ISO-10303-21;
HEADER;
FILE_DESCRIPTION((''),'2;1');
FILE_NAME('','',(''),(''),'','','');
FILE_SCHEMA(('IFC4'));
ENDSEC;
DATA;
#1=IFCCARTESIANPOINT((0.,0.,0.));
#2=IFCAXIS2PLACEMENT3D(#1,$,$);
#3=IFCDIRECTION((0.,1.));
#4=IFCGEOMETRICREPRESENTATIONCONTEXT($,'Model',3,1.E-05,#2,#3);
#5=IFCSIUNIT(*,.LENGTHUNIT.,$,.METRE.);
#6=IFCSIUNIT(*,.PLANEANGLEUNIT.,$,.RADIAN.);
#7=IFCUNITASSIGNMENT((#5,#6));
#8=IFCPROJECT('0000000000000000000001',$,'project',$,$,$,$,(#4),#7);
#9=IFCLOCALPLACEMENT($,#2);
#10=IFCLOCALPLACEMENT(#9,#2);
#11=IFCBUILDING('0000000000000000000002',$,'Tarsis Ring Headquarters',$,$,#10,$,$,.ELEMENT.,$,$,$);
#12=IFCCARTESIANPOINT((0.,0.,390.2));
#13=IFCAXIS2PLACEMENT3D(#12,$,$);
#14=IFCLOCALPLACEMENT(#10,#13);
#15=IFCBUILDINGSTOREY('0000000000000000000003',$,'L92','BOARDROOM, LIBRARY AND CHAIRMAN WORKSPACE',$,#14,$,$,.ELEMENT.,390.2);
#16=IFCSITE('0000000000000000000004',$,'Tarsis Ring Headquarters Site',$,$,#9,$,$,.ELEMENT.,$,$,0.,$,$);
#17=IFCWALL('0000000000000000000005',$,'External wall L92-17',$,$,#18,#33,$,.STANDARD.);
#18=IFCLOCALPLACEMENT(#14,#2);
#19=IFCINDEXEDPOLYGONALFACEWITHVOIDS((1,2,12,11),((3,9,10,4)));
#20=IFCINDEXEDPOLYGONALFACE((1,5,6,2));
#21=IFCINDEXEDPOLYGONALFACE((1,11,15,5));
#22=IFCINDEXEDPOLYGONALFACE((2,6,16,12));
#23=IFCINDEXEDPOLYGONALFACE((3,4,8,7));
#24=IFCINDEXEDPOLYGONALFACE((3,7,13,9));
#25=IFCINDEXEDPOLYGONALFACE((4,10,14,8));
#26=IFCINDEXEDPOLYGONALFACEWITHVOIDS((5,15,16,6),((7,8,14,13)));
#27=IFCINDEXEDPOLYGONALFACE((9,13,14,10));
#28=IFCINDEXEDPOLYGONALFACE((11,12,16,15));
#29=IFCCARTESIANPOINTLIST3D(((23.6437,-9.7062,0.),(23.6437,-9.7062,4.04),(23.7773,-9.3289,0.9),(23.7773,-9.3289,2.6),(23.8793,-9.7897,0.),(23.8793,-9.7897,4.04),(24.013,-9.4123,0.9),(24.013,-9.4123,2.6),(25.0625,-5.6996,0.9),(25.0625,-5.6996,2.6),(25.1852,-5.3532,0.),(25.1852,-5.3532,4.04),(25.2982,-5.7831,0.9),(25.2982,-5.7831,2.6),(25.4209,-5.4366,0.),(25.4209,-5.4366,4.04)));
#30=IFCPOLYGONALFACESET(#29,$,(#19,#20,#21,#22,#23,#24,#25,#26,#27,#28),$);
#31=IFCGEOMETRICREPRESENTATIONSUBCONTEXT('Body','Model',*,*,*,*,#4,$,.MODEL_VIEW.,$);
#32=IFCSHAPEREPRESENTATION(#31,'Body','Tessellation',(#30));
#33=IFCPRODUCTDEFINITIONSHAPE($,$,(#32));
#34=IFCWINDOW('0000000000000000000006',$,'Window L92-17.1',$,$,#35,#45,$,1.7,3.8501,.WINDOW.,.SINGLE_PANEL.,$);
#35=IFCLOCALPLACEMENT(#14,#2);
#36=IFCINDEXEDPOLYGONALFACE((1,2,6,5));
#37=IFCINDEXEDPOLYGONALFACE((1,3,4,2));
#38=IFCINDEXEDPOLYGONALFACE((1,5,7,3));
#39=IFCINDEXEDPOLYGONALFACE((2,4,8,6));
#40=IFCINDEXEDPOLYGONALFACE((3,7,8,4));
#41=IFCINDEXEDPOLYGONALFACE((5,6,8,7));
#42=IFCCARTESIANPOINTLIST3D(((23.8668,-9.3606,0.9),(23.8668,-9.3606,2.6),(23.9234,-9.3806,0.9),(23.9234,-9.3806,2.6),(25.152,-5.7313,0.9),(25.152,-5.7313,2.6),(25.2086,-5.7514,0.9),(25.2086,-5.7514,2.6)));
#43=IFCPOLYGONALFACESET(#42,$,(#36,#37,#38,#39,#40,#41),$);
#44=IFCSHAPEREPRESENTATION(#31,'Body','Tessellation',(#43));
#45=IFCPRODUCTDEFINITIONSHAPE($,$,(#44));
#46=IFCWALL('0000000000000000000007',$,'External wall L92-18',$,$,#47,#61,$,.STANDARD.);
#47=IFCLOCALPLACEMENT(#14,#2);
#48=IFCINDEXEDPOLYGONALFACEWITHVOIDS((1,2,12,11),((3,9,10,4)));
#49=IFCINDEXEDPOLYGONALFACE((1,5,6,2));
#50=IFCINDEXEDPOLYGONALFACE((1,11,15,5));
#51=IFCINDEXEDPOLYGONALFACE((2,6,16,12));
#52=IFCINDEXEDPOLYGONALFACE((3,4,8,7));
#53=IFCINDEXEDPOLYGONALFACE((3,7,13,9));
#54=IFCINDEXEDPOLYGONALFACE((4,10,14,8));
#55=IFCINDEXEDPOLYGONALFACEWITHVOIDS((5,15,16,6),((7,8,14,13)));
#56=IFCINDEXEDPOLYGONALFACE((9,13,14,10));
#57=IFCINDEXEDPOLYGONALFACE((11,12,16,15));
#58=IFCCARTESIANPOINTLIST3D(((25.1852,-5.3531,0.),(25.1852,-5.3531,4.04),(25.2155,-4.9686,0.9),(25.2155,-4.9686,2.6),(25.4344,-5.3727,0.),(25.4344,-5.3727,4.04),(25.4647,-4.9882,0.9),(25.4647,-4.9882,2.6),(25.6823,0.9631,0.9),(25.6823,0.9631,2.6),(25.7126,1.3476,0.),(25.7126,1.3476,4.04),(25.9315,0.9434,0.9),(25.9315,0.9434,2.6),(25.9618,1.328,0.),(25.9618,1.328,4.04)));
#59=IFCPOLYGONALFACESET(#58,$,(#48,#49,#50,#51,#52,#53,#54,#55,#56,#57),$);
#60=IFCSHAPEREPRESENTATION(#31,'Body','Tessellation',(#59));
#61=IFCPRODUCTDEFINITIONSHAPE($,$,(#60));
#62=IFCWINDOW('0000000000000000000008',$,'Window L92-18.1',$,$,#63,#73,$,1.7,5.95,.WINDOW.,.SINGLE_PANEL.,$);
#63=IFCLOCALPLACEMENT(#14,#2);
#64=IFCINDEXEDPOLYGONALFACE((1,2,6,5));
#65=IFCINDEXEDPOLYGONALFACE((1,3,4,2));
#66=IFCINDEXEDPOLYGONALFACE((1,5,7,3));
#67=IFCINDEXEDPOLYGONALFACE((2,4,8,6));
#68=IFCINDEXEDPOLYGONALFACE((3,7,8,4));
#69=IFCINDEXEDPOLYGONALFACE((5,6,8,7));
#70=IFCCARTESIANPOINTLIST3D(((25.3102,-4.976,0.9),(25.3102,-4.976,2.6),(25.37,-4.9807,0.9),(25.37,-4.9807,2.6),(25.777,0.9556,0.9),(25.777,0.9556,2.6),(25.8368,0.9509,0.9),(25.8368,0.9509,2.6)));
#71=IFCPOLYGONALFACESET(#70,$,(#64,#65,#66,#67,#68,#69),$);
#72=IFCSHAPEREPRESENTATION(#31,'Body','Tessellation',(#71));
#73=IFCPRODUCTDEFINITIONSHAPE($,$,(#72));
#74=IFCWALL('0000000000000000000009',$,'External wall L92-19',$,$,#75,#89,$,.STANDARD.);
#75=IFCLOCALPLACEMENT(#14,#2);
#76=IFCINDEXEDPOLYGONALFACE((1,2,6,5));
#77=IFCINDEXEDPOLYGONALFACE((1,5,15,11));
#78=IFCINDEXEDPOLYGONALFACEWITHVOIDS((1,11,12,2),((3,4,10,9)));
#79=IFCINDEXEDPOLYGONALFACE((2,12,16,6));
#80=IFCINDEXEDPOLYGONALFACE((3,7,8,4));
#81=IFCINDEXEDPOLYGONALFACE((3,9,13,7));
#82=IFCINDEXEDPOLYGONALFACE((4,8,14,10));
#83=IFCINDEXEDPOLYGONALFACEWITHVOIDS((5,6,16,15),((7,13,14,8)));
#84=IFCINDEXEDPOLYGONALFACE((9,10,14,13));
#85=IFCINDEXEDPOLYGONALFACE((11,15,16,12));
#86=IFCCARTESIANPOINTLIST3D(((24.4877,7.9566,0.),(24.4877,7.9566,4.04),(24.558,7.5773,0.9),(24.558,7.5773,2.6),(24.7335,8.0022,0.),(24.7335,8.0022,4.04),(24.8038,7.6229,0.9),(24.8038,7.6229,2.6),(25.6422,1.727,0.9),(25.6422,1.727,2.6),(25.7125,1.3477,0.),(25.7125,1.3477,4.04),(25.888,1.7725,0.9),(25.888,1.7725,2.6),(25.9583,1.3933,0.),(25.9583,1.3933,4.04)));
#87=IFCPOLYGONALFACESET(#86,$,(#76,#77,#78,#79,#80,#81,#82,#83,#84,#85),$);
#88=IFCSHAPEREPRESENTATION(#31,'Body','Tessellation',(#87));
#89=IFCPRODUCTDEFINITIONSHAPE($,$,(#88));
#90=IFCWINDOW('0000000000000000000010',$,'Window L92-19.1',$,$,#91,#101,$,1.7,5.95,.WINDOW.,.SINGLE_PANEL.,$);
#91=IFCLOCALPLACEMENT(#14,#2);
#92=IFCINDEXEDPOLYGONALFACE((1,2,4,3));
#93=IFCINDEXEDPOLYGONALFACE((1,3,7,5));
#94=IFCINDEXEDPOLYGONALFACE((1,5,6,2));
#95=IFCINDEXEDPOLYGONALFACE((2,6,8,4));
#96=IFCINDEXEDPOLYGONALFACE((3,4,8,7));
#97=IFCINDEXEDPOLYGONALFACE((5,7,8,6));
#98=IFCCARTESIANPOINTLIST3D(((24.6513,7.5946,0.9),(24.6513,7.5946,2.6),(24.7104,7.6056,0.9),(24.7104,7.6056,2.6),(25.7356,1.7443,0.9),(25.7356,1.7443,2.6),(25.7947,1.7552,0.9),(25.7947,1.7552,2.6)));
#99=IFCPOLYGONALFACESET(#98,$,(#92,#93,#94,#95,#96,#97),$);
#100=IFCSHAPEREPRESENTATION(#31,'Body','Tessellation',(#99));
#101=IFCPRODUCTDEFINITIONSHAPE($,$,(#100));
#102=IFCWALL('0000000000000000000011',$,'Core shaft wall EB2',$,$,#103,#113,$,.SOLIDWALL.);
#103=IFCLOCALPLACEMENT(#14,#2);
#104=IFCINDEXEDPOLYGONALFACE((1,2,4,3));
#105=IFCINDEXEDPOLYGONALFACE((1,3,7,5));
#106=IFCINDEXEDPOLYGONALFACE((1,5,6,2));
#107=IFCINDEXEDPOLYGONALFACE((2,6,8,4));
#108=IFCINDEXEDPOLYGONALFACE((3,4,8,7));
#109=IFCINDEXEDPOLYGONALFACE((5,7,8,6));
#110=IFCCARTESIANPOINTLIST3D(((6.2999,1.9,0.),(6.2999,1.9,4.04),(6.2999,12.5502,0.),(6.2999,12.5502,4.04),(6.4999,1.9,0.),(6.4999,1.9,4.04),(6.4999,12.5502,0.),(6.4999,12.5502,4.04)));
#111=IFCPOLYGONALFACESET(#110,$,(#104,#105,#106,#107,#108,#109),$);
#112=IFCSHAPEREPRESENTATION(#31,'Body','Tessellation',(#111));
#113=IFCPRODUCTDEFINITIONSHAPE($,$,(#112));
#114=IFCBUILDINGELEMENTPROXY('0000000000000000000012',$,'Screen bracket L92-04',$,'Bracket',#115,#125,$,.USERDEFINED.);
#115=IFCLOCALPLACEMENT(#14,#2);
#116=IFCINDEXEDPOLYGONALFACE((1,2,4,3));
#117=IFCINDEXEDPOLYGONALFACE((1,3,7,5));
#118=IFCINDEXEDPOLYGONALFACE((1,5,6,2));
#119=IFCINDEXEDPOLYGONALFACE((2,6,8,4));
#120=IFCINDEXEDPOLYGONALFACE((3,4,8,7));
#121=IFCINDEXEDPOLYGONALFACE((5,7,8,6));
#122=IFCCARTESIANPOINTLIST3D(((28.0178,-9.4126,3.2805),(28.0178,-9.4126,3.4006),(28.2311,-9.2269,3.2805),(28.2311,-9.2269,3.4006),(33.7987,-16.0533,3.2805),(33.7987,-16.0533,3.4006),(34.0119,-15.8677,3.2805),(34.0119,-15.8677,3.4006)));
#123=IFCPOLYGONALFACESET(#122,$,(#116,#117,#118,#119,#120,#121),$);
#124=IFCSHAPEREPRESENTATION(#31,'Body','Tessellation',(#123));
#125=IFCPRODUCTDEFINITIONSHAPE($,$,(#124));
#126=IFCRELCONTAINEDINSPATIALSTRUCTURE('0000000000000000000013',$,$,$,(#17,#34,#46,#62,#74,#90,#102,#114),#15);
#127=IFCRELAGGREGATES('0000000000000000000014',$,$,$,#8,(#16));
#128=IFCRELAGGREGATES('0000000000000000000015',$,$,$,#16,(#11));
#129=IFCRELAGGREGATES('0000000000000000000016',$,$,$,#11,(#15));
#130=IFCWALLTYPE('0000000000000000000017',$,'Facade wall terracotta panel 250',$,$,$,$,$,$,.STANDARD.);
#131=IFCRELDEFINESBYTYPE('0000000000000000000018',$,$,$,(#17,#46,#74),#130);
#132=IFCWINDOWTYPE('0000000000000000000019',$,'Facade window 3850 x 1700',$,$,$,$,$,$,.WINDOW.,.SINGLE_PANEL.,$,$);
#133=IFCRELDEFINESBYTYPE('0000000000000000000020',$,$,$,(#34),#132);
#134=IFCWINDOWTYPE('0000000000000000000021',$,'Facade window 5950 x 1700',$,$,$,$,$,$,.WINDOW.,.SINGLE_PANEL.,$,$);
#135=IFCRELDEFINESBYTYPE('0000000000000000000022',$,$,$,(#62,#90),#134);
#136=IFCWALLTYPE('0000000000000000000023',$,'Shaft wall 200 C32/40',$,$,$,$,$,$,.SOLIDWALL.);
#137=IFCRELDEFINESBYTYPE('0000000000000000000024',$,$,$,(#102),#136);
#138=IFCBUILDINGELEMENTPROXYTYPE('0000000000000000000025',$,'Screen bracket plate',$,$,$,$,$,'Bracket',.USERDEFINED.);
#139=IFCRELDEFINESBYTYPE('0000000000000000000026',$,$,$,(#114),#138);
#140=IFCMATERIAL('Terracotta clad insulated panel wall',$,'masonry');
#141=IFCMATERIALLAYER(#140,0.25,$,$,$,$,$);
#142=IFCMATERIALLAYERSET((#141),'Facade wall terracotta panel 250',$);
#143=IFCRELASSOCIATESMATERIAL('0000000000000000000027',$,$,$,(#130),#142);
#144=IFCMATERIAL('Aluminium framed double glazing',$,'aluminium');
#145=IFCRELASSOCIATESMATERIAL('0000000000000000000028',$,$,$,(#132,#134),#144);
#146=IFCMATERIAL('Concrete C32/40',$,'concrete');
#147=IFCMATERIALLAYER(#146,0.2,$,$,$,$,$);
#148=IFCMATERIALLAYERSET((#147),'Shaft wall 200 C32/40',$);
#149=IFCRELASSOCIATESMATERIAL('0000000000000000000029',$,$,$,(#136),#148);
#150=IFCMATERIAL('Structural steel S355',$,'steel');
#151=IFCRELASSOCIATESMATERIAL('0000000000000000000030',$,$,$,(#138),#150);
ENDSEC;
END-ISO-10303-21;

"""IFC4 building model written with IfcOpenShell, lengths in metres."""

from ifc_helpers import new_model, si_unit, direction, frame, frame_2d, origin, origin_2d, place, context, subcontext, project, spatial, rectangle, extrude, material, layer, layer_set, type_object, element, fill, save


model = new_model("IFC4")

# Units and contexts
model_context = context("Model", 3, precision=1e-05, world=origin(), true_north=direction((0.0, 1.0)))
body_context = subcontext(model_context, "Body", "Model", "MODEL_VIEW")
ifc_project = project(units=[si_unit("LENGTHUNIT", "METRE"), si_unit("PLANEANGLEUNIT", "RADIAN")], contexts=[model_context])

# Site, building, storey
site_placement = place(None, origin())
site = spatial("IfcSite", under=ifc_project, at=site_placement, Name="Tarsis Ring Headquarters Site", CompositionType="ELEMENT", RefElevation=0.0)
building_placement = place(site_placement, origin())
building = spatial("IfcBuilding", under=site, at=building_placement, Name="Tarsis Ring Headquarters", CompositionType="ELEMENT")
storey_placement = place(building_placement, frame((0.0, 0.0, 390.2)))
storey = spatial("IfcBuildingStorey", under=building, at=storey_placement, Name="L92", Description="BOARDROOM, LIBRARY AND CHAIRMAN WORKSPACE", CompositionType="ELEMENT", Elevation=390.2)

# Shared definitions
ifc_material_1 = material(Name="Structural steel S355", Category="steel")

# Walls, openings, windows
ifc_material_2 = material(Name="Terracotta clad insulated panel wall", Category="masonry")
ifc_layer_1 = layer(ifc_material_2, 0.25)
ifc_layer_set_1 = layer_set([ifc_layer_1], Name="Facade wall terracotta panel 250")
wall_type_1 = type_object("IfcWallType", Name="Facade wall terracotta panel 250", PredefinedType="STANDARD", material=ifc_layer_set_1)
wall_1_placement = place(storey_placement, frame((23.7615, -9.748, 0.0), z_axis=(0.0, 0.0, 1.0), x_axis=(0.33381, 0.94264, 0.0)))
wall_1 = element("IfcWall", 1, at=wall_1_placement, inside=storey, type_object=wall_type_1, Name="External wall L92-17", PredefinedType="STANDARD", context=body_context, shape_type="SweptSolid", body=[
    extrude(rectangle(XDim=4.6179, YDim=0.25, at=frame_2d((2.3091, 0.0))), origin(), (0.0, 0.0, 1.0), 4.04),
])
opening_1_placement = place(wall_1_placement, frame((0.4004, 0.0, 0.8999)))
opening_1 = element("IfcOpeningElement", 2, at=opening_1_placement, cuts=wall_1, PredefinedType="OPENING", context=body_context, shape_type="SweptSolid", body=[
    extrude(rectangle(XDim=3.8501, YDim=1.7, at=frame_2d((1.925, 0.8501))), frame((0.0, 0.135, 0.0), z_axis=(0.0, -1.0, 0.0), x_axis=(1.0, 0.0, 0.0)), (0.0, 0.0, 1.0), 0.27),
])
ifc_material_3 = material(Name="Aluminium framed double glazing", Category="aluminium")
window_type_1 = type_object("IfcWindowType", Name="Facade window 3850 x 1700", PartitioningType="SINGLE_PANEL", PredefinedType="WINDOW", material=ifc_material_3)
window_1_placement = place(opening_1_placement, origin())
window_1 = element("IfcWindow", 3, at=window_1_placement, inside=storey, type_object=window_type_1, Name="Window L92-17.1", OverallHeight=1.7, OverallWidth=3.8501, PartitioningType="SINGLE_PANEL", PredefinedType="WINDOW", context=body_context, shape_type="SweptSolid", body=[
    extrude(rectangle(XDim=3.8501, YDim=1.7, at=frame_2d((1.925, 0.8501))), frame((0.0, 0.03, 0.0), z_axis=(0.0, -1.0, 0.0), x_axis=(1.0, 0.0, 0.0)), (0.0, 0.0, 1.0), 0.0601),
])
fill(opening_1, window_1)
wall_2_placement = place(storey_placement, frame((25.3098, -5.363, 0.0), z_axis=(0.0, 0.0, 1.0), x_axis=(0.078457, 0.996917, 0.0)))
wall_2 = element("IfcWall", 4, at=wall_2_placement, inside=storey, type_object=wall_type_1, Name="External wall L92-18", PredefinedType="STANDARD", context=body_context, shape_type="SweptSolid", body=[
    extrude(rectangle(XDim=6.7214, YDim=0.25, at=frame_2d((3.3608, 0.0))), origin(), (0.0, 0.0, 1.0), 4.04),
])
opening_2_placement = place(wall_2_placement, frame((0.3857, 0.0, 0.8999)))
opening_2 = element("IfcOpeningElement", 5, at=opening_2_placement, cuts=wall_2, PredefinedType="OPENING", context=body_context, shape_type="SweptSolid", body=[
    extrude(rectangle(XDim=5.95, YDim=1.7, at=frame_2d((2.9751, 0.8501))), frame((0.0, 0.135, 0.0), z_axis=(0.0, -1.0, 0.0), x_axis=(1.0, 0.0, 0.0)), (0.0, 0.0, 1.0), 0.27),
])
window_type_2 = type_object("IfcWindowType", Name="Facade window 5950 x 1700", PartitioningType="SINGLE_PANEL", PredefinedType="WINDOW", material=ifc_material_3)
window_2_placement = place(opening_2_placement, origin())
window_2 = element("IfcWindow", 6, at=window_2_placement, inside=storey, type_object=window_type_2, Name="Window L92-18.1", OverallHeight=1.7, OverallWidth=5.95, PartitioningType="SINGLE_PANEL", PredefinedType="WINDOW", context=body_context, shape_type="SweptSolid", body=[
    extrude(rectangle(XDim=5.95, YDim=1.7, at=frame_2d((2.9751, 0.8501))), frame((0.0, 0.03, 0.0), z_axis=(0.0, -1.0, 0.0), x_axis=(1.0, 0.0, 0.0)), (0.0, 0.0, 1.0), 0.0601),
])
fill(opening_2, window_2)
wall_3_placement = place(storey_placement, frame((25.8354, 1.3704, 0.0), z_axis=(0.0, 0.0, 1.0), x_axis=(-0.182231, 0.983256, 0.0)))
wall_3 = element("IfcWall", 7, at=wall_3_placement, inside=storey, type_object=wall_type_1, Name="External wall L92-19", PredefinedType="STANDARD", context=body_context, shape_type="SweptSolid", body=[
    extrude(rectangle(XDim=6.7214, YDim=0.25, at=frame_2d((3.3608, 0.0))), origin(), (0.0, 0.0, 1.0), 4.04),
])
opening_3_placement = place(wall_3_placement, frame((0.3857, 0.0, 0.8999)))
opening_3 = element("IfcOpeningElement", 8, at=opening_3_placement, cuts=wall_3, PredefinedType="OPENING", context=body_context, shape_type="SweptSolid", body=[
    extrude(rectangle(XDim=5.95, YDim=1.7, at=frame_2d((2.9751, 0.8501))), frame((0.0, 0.135, 0.0), z_axis=(0.0, -1.0, 0.0), x_axis=(1.0, 0.0, 0.0)), (0.0, 0.0, 1.0), 0.27),
])
window_3_placement = place(opening_3_placement, origin())
window_3 = element("IfcWindow", 9, at=window_3_placement, inside=storey, type_object=window_type_2, Name="Window L92-19.1", OverallHeight=1.7, OverallWidth=5.95, PartitioningType="SINGLE_PANEL", PredefinedType="WINDOW", context=body_context, shape_type="SweptSolid", body=[
    extrude(rectangle(XDim=5.95, YDim=1.7, at=frame_2d((2.9751, 0.8501))), frame((0.0, 0.03, 0.0), z_axis=(0.0, -1.0, 0.0), x_axis=(1.0, 0.0, 0.0)), (0.0, 0.0, 1.0), 0.0601),
])
fill(opening_3, window_3)

# Wall
ifc_material_4 = material(Name="Concrete C32/40", Category="concrete")
ifc_layer_2 = layer(ifc_material_4, 0.2)
ifc_layer_set_2 = layer_set([ifc_layer_2], Name="Shaft wall 200 C32/40")
wall_type_2 = type_object("IfcWallType", Name="Shaft wall 200 C32/40", PredefinedType="SOLIDWALL", material=ifc_layer_set_2)
wall_4_placement = place(storey_placement, frame((6.3999, 1.8999, 0.0), z_axis=(0.0, 0.0, 1.0), x_axis=(0.0, 1.0, 0.0)))
element("IfcWall", 10, at=wall_4_placement, inside=storey, type_object=wall_type_2, Name="Core shaft wall EB2", PredefinedType="SOLIDWALL", context=body_context, shape_type="SweptSolid", body=[
    extrude(rectangle(XDim=10.6501, YDim=0.2, at=frame_2d((5.3252, 0.0))), origin(), (0.0, 0.0, 1.0), 4.04),
])

# Building element proxy
building_element_proxy_type = type_object("IfcBuildingElementProxyType", Name="Screen bracket plate", ElementType="Bracket", PredefinedType="USERDEFINED", material=ifc_material_1)
proxy_placement = place(storey_placement, frame((31.0149, -12.6401, 3.2805), z_axis=(0.0, 0.0, 1.0), x_axis=(-0.656586, 0.754251, 0.0)))
element("IfcBuildingElementProxy", 11, at=proxy_placement, inside=storey, type_object=building_element_proxy_type, Name="Screen bracket L92-04", ObjectType="Bracket", PredefinedType="USERDEFINED", context=body_context, shape_type="SweptSolid", body=[
    extrude(rectangle(XDim=8.8044, YDim=0.2827, at=origin_2d()), origin(), (0.0, 0.0, 1.0), 0.1201),
])

save(model, "model.ifc")
